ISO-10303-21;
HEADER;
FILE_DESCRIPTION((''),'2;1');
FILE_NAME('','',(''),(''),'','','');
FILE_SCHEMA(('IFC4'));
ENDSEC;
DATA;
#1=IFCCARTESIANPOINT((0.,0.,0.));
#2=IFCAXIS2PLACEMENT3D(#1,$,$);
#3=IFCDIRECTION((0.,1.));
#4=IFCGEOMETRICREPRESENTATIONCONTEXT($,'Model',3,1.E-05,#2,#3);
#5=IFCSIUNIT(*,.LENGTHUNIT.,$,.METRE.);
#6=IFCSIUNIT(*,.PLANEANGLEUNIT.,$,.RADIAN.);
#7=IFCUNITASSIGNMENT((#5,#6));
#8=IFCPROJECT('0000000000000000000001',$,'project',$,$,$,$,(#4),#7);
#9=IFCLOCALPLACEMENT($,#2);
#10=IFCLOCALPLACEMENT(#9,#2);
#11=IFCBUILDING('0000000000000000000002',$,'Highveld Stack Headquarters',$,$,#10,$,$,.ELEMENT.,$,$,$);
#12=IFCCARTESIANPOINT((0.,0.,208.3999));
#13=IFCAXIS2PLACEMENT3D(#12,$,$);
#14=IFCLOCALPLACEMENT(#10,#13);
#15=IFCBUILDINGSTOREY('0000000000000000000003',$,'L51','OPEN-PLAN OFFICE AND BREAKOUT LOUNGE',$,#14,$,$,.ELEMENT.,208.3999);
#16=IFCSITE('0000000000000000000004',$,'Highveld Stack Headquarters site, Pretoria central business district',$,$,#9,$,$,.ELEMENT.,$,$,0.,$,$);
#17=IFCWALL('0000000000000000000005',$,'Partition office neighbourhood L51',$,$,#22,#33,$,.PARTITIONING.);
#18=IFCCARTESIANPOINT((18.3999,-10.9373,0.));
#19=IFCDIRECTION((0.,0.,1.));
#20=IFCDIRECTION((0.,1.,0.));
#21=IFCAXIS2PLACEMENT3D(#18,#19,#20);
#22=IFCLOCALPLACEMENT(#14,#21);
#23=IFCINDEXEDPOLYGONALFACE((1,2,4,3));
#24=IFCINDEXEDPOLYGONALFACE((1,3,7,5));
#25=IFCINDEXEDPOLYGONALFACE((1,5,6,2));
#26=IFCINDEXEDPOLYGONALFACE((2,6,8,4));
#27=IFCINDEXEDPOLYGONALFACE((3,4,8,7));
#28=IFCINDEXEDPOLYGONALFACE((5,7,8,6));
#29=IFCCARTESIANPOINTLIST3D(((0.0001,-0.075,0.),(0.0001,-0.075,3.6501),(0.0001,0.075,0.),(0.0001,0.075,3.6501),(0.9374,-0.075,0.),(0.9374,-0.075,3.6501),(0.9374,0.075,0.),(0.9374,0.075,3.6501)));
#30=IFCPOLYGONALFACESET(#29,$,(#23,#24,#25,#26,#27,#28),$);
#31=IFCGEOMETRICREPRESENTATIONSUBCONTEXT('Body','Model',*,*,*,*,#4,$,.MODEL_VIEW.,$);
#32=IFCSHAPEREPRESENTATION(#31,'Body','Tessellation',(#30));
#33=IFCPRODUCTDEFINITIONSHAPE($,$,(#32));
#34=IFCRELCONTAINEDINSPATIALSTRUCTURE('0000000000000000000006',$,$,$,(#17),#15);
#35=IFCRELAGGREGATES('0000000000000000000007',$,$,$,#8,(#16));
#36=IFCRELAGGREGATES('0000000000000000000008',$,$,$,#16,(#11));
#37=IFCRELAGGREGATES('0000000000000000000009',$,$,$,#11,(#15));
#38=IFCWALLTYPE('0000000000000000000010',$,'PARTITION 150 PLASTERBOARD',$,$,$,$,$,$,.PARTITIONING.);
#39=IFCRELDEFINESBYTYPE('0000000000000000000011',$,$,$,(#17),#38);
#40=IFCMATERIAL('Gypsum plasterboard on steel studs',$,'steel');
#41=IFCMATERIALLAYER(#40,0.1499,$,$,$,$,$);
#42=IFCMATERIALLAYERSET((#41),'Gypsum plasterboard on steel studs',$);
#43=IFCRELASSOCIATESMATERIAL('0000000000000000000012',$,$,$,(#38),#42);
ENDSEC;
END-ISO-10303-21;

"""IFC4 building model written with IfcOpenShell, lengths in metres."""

from ifc_helpers import new_model, si_unit, direction, frame, frame_2d, origin, place, context, subcontext, project, spatial, rectangle, extrude, material, layer, layer_set, type_object, element, save


model = new_model("IFC4")

# Units and contexts
model_context = context("Model", 3, precision=1e-05, world=origin(), true_north=direction((0.0, 1.0)))
body_context = subcontext(model_context, "Body", "Model", "MODEL_VIEW")
ifc_project = project(units=[si_unit("LENGTHUNIT", "METRE"), si_unit("PLANEANGLEUNIT", "RADIAN")], contexts=[model_context])

# Site, building, storey
site_placement = place(None, origin())
site = spatial("IfcSite", under=ifc_project, at=site_placement, Name="Highveld Stack Headquarters site, Pretoria central business district", CompositionType="ELEMENT", RefElevation=0.0)
building_placement = place(site_placement, origin())
building = spatial("IfcBuilding", under=site, at=building_placement, Name="Highveld Stack Headquarters", CompositionType="ELEMENT")
storey_placement = place(building_placement, frame((0.0, 0.0, 208.3999)))
storey = spatial("IfcBuildingStorey", under=building, at=storey_placement, Name="L51", Description="OPEN-PLAN OFFICE AND BREAKOUT LOUNGE", CompositionType="ELEMENT", Elevation=208.3999)

# Shared definitions
ifc_material_1 = material(Name="Gypsum plasterboard on steel studs", Category="steel")
ifc_layer_1 = layer(ifc_material_1, 0.1499)
ifc_layer_set_1 = layer_set([ifc_layer_1], Name="Gypsum plasterboard on steel studs")
wall_type_1 = type_object("IfcWallType", Name="PARTITION 150 PLASTERBOARD", PredefinedType="PARTITIONING", material=ifc_layer_set_1)

# Wall
wall_1_placement = place(storey_placement, frame((18.3999, -10.9373, 0.0), z_axis=(0.0, 0.0, 1.0), x_axis=(0.0, 1.0, 0.0)))
element("IfcWall", 1, at=wall_1_placement, inside=storey, type_object=wall_type_1, Name="Partition office neighbourhood L51", PredefinedType="PARTITIONING", context=body_context, shape_type="SweptSolid", body=[
    extrude(rectangle(XDim=0.9373, YDim=0.1499, at=frame_2d((0.4688, 0.0))), origin(), (0.0, 0.0, 1.0), 3.6501),
])

save(model, "model.ifc")
